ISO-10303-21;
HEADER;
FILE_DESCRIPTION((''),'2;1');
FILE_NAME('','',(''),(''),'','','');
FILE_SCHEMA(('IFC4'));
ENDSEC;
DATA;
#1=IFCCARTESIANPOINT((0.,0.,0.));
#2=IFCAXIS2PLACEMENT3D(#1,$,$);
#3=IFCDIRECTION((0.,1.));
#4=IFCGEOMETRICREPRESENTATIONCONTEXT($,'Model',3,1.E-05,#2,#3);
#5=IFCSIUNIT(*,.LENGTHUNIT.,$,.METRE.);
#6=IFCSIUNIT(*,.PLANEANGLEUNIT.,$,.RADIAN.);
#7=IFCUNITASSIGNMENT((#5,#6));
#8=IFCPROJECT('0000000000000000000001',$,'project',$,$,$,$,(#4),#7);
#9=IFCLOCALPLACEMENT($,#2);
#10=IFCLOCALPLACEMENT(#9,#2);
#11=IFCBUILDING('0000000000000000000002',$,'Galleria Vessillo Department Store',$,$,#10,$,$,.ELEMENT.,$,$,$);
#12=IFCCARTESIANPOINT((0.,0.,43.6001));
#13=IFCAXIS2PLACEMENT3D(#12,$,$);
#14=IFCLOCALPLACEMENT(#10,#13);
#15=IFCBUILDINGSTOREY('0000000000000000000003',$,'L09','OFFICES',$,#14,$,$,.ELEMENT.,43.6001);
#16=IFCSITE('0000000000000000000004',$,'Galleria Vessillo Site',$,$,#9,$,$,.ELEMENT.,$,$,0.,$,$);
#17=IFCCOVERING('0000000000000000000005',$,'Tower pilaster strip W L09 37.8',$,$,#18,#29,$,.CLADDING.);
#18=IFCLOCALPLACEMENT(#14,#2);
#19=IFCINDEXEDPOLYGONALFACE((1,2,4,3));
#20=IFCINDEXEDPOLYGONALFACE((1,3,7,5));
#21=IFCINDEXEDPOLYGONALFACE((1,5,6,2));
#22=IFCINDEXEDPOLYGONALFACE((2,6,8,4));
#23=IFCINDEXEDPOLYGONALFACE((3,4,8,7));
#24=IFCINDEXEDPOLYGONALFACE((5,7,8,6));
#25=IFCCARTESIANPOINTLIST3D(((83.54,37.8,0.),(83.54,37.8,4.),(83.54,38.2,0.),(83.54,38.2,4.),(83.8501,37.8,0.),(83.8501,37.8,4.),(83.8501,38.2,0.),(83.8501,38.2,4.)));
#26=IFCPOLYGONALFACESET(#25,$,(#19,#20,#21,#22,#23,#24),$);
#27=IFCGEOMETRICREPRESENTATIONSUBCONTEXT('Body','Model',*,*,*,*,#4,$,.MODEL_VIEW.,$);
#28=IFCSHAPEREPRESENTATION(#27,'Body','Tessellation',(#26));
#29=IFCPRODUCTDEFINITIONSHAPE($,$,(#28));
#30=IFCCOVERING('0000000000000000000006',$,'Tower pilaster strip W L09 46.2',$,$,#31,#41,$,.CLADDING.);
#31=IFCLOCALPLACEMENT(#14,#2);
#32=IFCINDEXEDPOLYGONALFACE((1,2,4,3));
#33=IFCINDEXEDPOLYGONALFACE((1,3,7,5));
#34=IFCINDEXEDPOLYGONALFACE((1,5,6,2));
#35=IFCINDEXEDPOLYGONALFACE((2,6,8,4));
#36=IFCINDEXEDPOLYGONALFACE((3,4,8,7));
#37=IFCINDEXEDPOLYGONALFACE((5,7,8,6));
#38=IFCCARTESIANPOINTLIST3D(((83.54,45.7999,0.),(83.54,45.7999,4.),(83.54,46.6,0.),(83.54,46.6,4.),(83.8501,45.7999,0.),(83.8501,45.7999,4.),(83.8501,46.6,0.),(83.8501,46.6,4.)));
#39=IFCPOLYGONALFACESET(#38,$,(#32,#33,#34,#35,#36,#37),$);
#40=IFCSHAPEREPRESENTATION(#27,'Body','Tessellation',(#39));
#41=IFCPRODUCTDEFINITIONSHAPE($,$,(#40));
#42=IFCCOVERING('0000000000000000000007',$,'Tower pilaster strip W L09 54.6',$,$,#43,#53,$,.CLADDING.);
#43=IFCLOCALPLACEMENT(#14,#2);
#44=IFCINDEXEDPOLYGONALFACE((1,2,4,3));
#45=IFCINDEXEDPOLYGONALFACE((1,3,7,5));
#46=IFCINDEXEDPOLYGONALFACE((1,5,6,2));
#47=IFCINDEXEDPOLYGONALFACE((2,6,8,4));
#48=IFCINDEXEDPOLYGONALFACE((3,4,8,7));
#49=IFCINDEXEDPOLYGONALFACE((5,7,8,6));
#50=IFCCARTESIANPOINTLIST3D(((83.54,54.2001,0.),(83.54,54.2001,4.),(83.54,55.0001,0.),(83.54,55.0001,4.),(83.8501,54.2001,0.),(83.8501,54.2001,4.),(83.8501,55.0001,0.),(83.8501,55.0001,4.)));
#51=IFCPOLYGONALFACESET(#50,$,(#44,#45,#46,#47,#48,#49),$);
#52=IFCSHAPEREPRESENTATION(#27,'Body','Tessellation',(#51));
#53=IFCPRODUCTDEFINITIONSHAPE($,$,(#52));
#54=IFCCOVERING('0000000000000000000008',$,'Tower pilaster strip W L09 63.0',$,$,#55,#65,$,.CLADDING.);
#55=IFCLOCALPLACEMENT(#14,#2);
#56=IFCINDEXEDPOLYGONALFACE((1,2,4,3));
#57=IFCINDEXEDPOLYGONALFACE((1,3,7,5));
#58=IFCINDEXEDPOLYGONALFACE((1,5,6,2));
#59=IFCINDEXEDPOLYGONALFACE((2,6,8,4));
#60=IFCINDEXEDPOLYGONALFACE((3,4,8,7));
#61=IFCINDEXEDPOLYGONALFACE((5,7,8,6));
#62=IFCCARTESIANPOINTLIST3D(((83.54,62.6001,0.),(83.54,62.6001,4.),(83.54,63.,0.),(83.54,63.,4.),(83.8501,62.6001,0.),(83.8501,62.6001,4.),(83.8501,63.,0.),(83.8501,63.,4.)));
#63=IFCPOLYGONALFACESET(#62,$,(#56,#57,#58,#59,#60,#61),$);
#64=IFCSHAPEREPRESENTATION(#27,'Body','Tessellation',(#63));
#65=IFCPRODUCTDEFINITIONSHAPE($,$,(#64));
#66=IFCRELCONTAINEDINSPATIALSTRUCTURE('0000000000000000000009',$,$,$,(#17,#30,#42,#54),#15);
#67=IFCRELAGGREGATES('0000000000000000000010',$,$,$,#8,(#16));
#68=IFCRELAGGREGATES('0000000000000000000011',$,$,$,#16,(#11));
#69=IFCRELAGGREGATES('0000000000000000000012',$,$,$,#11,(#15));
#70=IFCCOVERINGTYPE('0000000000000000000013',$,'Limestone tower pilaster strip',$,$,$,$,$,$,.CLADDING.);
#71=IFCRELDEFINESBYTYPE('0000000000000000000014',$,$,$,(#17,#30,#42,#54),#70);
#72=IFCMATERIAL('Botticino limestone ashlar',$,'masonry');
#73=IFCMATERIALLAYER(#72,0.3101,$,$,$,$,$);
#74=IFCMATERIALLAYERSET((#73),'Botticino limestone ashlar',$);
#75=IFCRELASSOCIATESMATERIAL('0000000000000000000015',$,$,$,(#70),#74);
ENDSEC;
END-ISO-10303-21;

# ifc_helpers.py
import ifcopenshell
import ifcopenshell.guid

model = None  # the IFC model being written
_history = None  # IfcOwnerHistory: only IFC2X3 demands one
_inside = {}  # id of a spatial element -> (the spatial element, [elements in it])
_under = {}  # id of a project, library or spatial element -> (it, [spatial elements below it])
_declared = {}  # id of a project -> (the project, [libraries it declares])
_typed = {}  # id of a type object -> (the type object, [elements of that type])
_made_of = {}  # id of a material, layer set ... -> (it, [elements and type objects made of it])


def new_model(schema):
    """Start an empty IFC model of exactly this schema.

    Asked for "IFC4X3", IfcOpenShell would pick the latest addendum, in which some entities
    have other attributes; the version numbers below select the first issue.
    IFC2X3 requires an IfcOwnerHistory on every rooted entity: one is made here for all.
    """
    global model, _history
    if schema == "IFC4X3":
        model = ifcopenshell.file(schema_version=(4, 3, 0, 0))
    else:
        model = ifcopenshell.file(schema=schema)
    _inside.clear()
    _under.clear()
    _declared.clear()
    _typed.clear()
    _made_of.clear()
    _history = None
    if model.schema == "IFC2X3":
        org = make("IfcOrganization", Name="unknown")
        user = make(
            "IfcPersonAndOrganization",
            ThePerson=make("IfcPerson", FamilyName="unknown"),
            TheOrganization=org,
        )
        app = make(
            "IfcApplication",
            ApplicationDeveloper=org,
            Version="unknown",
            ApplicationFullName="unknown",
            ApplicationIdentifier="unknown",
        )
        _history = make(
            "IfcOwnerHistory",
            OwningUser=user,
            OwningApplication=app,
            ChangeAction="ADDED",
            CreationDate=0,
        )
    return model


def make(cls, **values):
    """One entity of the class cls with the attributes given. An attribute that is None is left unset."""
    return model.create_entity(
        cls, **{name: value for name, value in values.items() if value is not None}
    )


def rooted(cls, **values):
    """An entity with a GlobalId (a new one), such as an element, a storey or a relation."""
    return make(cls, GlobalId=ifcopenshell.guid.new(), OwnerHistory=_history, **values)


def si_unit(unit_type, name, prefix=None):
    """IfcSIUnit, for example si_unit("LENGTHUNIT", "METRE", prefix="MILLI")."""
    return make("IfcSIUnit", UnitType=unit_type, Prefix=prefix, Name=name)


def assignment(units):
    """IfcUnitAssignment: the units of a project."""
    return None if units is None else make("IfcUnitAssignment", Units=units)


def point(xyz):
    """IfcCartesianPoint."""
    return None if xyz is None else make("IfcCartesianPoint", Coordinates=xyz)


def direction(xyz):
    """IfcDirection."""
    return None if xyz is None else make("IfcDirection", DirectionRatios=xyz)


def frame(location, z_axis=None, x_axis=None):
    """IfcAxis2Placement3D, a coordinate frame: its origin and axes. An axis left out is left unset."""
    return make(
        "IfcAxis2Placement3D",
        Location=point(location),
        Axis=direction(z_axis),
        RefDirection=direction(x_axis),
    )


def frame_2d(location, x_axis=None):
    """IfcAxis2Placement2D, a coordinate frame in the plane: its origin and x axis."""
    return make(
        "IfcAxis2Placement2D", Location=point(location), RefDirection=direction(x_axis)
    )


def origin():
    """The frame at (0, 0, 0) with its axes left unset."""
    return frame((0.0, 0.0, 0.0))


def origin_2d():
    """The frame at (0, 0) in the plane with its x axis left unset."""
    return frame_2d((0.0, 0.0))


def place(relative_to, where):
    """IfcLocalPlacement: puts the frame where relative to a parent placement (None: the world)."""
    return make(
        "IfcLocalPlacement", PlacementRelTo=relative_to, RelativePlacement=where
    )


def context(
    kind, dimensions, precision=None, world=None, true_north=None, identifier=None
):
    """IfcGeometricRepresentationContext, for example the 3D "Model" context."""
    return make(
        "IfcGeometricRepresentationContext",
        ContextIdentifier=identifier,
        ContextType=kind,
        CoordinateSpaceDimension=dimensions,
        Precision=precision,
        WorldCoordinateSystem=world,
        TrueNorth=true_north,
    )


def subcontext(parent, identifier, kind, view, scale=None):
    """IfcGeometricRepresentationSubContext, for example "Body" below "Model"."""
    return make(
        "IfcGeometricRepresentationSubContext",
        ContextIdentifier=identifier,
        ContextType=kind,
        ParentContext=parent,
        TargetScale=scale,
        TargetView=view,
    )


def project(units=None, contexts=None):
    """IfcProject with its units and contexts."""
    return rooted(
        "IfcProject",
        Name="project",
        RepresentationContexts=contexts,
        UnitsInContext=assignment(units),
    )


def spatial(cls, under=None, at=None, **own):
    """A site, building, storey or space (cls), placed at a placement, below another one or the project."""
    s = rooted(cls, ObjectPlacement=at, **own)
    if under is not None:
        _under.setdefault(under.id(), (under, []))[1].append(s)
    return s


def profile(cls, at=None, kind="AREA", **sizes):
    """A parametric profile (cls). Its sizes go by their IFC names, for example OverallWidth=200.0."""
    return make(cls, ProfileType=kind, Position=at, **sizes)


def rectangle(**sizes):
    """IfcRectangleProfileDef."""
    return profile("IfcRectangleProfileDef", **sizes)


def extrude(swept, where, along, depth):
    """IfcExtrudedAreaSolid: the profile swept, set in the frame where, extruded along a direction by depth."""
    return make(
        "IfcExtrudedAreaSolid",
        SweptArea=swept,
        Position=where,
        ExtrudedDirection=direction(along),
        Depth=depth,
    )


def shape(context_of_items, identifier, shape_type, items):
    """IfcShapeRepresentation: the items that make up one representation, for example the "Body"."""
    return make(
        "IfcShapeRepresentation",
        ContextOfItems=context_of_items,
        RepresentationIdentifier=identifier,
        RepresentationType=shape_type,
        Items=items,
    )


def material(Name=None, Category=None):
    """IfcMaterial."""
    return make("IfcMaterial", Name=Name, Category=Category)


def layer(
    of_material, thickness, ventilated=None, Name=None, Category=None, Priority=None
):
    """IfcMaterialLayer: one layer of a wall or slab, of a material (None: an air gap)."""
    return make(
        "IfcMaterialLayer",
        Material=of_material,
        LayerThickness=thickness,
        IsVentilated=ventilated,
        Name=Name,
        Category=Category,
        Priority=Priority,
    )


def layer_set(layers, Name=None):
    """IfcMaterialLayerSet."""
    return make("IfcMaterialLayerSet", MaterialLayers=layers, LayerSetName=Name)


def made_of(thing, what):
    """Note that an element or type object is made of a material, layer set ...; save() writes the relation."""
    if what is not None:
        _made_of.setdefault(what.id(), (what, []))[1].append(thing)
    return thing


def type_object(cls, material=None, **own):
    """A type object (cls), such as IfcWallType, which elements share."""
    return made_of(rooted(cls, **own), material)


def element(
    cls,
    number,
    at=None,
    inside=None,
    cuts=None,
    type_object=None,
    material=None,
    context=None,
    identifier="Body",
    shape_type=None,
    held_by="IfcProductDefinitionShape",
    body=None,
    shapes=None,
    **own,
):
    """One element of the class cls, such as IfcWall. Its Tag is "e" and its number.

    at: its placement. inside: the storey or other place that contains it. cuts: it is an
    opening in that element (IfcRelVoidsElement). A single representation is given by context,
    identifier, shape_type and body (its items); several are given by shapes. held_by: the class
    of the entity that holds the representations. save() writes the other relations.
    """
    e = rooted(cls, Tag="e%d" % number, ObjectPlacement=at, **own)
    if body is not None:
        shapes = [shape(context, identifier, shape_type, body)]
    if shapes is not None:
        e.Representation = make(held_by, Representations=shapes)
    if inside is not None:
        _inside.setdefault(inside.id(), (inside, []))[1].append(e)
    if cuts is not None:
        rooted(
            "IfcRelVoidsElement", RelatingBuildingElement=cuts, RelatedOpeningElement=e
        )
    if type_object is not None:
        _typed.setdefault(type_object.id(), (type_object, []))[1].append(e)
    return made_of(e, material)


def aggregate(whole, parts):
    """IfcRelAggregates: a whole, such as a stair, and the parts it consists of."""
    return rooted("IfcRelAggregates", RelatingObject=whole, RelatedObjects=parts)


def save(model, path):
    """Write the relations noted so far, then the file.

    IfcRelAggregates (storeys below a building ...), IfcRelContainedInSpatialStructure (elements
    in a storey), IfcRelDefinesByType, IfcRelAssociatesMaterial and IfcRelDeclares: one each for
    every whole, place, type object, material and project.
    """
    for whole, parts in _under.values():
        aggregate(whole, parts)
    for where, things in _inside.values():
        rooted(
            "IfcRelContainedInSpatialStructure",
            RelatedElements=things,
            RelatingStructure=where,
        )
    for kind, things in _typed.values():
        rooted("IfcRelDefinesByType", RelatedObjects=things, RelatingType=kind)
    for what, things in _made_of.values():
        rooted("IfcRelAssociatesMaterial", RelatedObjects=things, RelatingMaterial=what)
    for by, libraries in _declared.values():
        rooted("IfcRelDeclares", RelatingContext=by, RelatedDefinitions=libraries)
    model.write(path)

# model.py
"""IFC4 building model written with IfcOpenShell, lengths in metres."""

from ifc_helpers import new_model, si_unit, direction, frame, origin, origin_2d, place, context, subcontext, project, spatial, rectangle, extrude, material, layer, layer_set, type_object, element, save


model = new_model("IFC4")

# Units and contexts
model_context = context("Model", 3, precision=1e-05, world=origin(), true_north=direction((0.0, 1.0)))
body_context = subcontext(model_context, "Body", "Model", "MODEL_VIEW")
ifc_project = project(units=[si_unit("LENGTHUNIT", "METRE"), si_unit("PLANEANGLEUNIT", "RADIAN")], contexts=[model_context])

# Site, building, storey
site_placement = place(None, origin())
site = spatial("IfcSite", under=ifc_project, at=site_placement, Name="Galleria Vessillo Site", CompositionType="ELEMENT", RefElevation=0.0)
building_placement = place(site_placement, origin())
building = spatial("IfcBuilding", under=site, at=building_placement, Name="Galleria Vessillo Department Store", CompositionType="ELEMENT")
storey_placement = place(building_placement, frame((0.0, 0.0, 43.6001)))
storey = spatial("IfcBuildingStorey", under=building, at=storey_placement, Name="L09", Description="OFFICES", CompositionType="ELEMENT", Elevation=43.6001)

# Coverings
ifc_material_1 = material(Name="Botticino limestone ashlar", Category="masonry")
ifc_layer_1 = layer(ifc_material_1, 0.3101)
ifc_layer_set_1 = layer_set([ifc_layer_1], Name="Botticino limestone ashlar")
covering_type_1 = type_object("IfcCoveringType", Name="Limestone tower pilaster strip", PredefinedType="CLADDING", material=ifc_layer_set_1)
covering_1_placement = place(storey_placement, frame((83.6951, 38.0, 0.0), z_axis=(0.0, 0.0, 1.0), x_axis=(1.0, 0.0, 0.0)))
element("IfcCovering", 1, at=covering_1_placement, inside=storey, type_object=covering_type_1, Name="Tower pilaster strip W L09 37.8", PredefinedType="CLADDING", context=body_context, shape_type="SweptSolid", body=[
    extrude(rectangle(XDim=0.3101, YDim=0.3999, at=origin_2d()), origin(), (0.0, 0.0, 1.0), 4.0),
])
for number, where, z_axis, x_axis, name in (
    (2, (83.6951, 46.2, 0.0), (0.0, 0.0, 1.0), (1.0, 0.0, 0.0), "Tower pilaster strip W L09 46.2"),
    (3, (83.6951, 54.6001, 0.0), (0.0, 0.0, 1.0), (1.0, 0.0, 0.0), "Tower pilaster strip W L09 54.6"),
):
    element("IfcCovering", number, at=place(storey_placement, frame(where, z_axis=z_axis, x_axis=x_axis)), inside=storey, type_object=covering_type_1, Name=name, PredefinedType="CLADDING", context=body_context, shape_type="SweptSolid", body=[
        extrude(rectangle(XDim=0.3101, YDim=0.8, at=origin_2d()), origin(), (0.0, 0.0, 1.0), 4.0),
    ])
covering_2_placement = place(storey_placement, frame((83.6951, 62.8, 0.0), z_axis=(0.0, 0.0, 1.0), x_axis=(1.0, 0.0, 0.0)))
element("IfcCovering", 4, at=covering_2_placement, inside=storey, type_object=covering_type_1, Name="Tower pilaster strip W L09 63.0", PredefinedType="CLADDING", context=body_context, shape_type="SweptSolid", body=[
    extrude(rectangle(XDim=0.3101, YDim=0.3999, at=origin_2d()), origin(), (0.0, 0.0, 1.0), 4.0),
])

save(model, "model.ifc")
